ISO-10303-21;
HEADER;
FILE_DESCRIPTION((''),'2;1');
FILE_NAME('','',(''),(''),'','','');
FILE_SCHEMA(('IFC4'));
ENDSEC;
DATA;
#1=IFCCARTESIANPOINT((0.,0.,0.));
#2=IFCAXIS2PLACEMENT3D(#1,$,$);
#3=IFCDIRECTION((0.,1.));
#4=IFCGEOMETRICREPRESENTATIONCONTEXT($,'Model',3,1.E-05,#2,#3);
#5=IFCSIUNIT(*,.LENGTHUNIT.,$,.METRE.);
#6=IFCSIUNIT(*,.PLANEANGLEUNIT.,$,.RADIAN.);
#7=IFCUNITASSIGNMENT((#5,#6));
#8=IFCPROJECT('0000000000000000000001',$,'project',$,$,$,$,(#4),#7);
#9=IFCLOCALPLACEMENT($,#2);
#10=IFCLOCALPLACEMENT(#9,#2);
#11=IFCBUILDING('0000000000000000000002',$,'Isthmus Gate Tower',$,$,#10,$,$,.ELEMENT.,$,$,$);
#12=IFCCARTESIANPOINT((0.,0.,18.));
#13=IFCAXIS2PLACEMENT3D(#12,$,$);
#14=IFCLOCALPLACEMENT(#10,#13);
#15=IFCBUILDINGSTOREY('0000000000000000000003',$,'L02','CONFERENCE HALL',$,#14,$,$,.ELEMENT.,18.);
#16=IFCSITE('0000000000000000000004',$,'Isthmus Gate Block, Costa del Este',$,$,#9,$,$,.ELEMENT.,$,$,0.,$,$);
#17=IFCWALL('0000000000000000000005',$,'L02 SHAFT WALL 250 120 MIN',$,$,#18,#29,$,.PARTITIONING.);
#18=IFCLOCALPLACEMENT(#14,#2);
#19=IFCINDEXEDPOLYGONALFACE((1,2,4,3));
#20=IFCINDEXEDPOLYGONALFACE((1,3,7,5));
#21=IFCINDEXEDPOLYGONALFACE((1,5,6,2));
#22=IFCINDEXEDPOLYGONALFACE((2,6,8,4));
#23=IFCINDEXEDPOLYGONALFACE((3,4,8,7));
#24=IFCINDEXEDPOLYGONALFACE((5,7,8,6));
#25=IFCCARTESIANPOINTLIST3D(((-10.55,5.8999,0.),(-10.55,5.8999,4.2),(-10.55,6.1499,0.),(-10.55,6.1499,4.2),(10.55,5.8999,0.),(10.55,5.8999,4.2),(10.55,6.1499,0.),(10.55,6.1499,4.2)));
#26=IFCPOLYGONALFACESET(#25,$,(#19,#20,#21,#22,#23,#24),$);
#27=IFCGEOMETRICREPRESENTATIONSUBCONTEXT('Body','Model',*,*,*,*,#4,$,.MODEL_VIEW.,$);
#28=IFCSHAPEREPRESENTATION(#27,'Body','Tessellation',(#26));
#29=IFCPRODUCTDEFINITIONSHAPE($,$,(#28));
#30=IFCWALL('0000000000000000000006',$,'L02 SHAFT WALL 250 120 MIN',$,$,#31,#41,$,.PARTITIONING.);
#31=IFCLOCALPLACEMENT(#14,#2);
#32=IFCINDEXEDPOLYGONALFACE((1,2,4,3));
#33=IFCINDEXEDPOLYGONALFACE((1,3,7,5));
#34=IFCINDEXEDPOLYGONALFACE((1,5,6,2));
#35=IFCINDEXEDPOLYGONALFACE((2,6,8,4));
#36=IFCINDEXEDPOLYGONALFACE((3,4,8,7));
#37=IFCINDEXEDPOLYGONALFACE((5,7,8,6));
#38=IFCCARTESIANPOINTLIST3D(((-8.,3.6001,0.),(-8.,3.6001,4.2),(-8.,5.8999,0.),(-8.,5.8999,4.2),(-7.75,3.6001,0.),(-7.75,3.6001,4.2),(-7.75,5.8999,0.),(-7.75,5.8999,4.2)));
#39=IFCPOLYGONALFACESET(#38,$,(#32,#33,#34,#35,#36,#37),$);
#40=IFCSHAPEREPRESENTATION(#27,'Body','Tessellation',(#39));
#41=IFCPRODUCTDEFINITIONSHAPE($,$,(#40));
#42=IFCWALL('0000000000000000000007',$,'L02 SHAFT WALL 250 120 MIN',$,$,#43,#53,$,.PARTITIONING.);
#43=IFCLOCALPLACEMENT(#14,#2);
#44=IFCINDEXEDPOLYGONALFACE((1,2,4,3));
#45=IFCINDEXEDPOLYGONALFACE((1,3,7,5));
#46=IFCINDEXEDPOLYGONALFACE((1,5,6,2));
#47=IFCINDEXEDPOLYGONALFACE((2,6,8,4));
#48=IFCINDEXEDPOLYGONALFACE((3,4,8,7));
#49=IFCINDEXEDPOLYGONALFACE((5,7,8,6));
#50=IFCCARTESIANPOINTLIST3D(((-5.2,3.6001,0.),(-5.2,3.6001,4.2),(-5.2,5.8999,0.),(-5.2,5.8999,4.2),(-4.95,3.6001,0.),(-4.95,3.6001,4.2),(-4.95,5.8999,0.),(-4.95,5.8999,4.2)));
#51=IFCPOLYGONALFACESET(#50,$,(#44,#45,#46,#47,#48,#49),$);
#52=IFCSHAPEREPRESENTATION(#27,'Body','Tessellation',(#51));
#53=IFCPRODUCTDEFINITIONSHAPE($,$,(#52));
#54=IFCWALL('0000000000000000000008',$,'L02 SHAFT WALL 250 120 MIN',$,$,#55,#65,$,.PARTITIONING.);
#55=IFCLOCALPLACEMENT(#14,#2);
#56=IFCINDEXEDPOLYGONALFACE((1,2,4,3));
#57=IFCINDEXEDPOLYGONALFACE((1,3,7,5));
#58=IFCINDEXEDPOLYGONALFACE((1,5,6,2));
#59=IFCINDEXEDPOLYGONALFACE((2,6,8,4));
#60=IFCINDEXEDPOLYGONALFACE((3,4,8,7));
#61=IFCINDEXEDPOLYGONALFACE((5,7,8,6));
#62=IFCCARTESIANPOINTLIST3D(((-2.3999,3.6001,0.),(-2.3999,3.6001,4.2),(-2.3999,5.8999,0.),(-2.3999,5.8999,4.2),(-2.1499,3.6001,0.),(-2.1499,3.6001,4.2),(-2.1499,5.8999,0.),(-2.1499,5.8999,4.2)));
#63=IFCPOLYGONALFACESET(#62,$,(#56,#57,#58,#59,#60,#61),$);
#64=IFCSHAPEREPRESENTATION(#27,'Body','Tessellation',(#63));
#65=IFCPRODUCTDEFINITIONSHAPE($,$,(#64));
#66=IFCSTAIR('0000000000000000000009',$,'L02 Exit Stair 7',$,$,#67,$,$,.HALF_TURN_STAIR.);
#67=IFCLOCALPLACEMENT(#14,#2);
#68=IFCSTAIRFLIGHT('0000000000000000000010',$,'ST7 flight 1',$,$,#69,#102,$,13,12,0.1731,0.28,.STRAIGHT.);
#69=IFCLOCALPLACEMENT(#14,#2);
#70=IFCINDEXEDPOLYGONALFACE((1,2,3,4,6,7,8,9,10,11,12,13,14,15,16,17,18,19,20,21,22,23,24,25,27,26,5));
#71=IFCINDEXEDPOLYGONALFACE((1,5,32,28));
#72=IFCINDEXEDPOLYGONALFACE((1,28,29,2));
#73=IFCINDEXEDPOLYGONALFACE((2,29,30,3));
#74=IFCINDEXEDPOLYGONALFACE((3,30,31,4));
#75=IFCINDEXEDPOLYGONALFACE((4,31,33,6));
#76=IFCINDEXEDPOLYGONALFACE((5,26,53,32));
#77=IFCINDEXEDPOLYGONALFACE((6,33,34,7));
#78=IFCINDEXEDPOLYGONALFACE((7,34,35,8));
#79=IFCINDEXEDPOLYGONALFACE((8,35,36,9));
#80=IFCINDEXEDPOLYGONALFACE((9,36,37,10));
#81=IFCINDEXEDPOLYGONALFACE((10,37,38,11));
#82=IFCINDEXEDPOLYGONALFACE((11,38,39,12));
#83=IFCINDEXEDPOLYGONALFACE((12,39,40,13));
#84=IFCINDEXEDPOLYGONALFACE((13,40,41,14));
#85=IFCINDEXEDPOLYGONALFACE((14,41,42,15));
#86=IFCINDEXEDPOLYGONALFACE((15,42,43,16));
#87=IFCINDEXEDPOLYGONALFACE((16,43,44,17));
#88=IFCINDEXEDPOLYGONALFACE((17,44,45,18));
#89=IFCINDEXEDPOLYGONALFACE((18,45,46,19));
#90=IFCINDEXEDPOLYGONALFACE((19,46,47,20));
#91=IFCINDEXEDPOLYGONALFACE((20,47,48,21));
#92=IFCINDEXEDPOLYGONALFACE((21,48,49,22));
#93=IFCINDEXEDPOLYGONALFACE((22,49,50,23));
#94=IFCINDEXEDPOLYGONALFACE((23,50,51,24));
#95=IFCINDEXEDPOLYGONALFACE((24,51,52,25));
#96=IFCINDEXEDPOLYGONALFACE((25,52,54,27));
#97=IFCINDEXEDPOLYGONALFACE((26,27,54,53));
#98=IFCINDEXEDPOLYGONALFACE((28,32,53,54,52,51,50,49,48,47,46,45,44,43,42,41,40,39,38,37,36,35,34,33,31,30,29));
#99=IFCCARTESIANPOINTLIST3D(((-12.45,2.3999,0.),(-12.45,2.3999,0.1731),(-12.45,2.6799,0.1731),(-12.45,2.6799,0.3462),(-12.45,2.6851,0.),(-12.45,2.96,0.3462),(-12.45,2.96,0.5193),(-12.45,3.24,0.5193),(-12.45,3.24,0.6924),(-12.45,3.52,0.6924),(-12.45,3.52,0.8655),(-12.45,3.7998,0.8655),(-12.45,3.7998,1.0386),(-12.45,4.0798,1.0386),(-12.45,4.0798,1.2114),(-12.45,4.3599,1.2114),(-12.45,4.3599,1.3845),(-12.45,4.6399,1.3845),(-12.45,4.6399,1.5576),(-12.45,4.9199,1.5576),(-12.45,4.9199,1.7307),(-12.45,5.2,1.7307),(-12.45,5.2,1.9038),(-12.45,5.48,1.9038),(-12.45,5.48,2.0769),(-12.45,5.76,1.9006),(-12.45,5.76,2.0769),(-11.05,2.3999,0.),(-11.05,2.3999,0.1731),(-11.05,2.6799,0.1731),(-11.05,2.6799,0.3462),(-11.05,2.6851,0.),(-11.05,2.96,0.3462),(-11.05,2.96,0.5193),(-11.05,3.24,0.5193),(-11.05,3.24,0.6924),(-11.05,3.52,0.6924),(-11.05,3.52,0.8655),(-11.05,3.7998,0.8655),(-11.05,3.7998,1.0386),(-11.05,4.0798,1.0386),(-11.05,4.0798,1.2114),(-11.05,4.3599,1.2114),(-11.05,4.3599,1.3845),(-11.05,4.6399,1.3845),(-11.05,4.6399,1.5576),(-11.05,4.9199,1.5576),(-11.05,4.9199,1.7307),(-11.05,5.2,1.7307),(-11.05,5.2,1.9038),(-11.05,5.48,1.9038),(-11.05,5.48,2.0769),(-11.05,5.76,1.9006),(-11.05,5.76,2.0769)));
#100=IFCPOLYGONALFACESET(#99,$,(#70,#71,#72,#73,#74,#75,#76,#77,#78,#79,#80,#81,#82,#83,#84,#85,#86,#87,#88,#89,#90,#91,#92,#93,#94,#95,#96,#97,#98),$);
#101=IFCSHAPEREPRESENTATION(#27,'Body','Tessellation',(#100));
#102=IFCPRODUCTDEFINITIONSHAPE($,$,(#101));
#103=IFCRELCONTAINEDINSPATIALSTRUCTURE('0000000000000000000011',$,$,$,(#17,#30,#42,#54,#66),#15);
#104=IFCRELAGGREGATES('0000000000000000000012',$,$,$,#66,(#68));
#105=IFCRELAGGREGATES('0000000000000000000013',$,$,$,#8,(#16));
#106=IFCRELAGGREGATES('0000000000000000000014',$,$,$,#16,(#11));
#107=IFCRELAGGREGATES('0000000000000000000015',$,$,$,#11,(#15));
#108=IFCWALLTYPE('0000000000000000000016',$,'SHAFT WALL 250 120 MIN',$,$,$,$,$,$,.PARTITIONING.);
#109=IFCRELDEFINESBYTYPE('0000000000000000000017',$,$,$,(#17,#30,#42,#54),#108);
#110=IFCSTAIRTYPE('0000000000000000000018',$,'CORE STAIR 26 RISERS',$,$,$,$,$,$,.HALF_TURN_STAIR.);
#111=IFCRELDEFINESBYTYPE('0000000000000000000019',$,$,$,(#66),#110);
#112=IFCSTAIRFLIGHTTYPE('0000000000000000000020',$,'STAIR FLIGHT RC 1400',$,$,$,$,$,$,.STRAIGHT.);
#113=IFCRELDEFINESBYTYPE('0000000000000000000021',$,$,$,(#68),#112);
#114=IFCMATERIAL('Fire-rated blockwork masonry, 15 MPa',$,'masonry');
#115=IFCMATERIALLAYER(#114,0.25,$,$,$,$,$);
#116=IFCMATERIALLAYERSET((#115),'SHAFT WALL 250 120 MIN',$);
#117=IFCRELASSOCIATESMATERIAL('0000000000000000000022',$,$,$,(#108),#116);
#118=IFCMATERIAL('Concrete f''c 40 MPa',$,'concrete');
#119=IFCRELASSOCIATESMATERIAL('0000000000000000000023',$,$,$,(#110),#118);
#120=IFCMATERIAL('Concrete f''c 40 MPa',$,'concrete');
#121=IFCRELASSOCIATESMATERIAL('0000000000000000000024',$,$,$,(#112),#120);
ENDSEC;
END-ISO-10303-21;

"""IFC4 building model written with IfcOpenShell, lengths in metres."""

from ifc_helpers import new_model, si_unit, direction, frame, frame_2d, origin, place, context, subcontext, project, spatial, polyline, rectangle, outline, extrude, material, layer, layer_set, type_object, element, aggregate, save


model = new_model("IFC4")

# Units and contexts
model_context = context("Model", 3, precision=1e-05, world=origin(), true_north=direction((0.0, 1.0)))
body_context = subcontext(model_context, "Body", "Model", "MODEL_VIEW")
ifc_project = project(units=[si_unit("LENGTHUNIT", "METRE"), si_unit("PLANEANGLEUNIT", "RADIAN")], contexts=[model_context])

# Site, building, storey
site_placement = place(None, origin())
site = spatial("IfcSite", under=ifc_project, at=site_placement, Name="Isthmus Gate Block, Costa del Este", CompositionType="ELEMENT", RefElevation=0.0)
building_placement = place(site_placement, origin())
building = spatial("IfcBuilding", under=site, at=building_placement, Name="Isthmus Gate Tower", CompositionType="ELEMENT")
storey_placement = place(building_placement, frame((0.0, 0.0, 18.0)))
storey = spatial("IfcBuildingStorey", under=building, at=storey_placement, Name="L02", Description="CONFERENCE HALL", CompositionType="ELEMENT", Elevation=18.0)

# Walls
ifc_material_1 = material(Name="Fire-rated blockwork masonry, 15 MPa", Category="masonry")
ifc_layer_1 = layer(ifc_material_1, 0.25)
ifc_layer_set_1 = layer_set([ifc_layer_1], Name="SHAFT WALL 250 120 MIN")
wall_type_1 = type_object("IfcWallType", Name="SHAFT WALL 250 120 MIN", PredefinedType="PARTITIONING", material=ifc_layer_set_1)
wall_1_placement = place(storey_placement, frame((-10.55, 6.0249, 0.0), z_axis=(0.0, 0.0, 1.0), x_axis=(1.0, 0.0, 0.0)))
element("IfcWall", 1, at=wall_1_placement, inside=storey, type_object=wall_type_1, Name="L02 SHAFT WALL 250 120 MIN", PredefinedType="PARTITIONING", context=body_context, shape_type="SweptSolid", body=[
    extrude(rectangle(XDim=21.1001, YDim=0.25, at=frame_2d((10.55, 0.0))), origin(), (0.0, 0.0, 1.0), 4.2),
])
for number, where, z_axis, x_axis, name in (
    (2, (-7.875, 3.6001, 0.0), (0.0, 0.0, 1.0), (0.0, 1.0, 0.0), "L02 SHAFT WALL 250 120 MIN"),
    (3, (-5.075, 3.6001, 0.0), (0.0, 0.0, 1.0), (0.0, 1.0, 0.0), "L02 SHAFT WALL 250 120 MIN"),
    (4, (-2.2749, 3.6001, 0.0), (0.0, 0.0, 1.0), (0.0, 1.0, 0.0), "L02 SHAFT WALL 250 120 MIN"),
):
    element("IfcWall", number, at=place(storey_placement, frame(where, z_axis=z_axis, x_axis=x_axis)), inside=storey, type_object=wall_type_1, Name=name, PredefinedType="PARTITIONING", context=body_context, shape_type="SweptSolid", body=[
        extrude(rectangle(XDim=2.2998, YDim=0.25, at=frame_2d((1.1499, 0.0))), origin(), (0.0, 0.0, 1.0), 4.2),
    ])

# Stair, stair flight
ifc_material_2 = material(Name="Concrete f'c 40 MPa", Category="concrete")
stair_type = type_object("IfcStairType", Name="CORE STAIR 26 RISERS", PredefinedType="HALF_TURN_STAIR", material=ifc_material_2)
stair_placement = place(storey_placement, origin())
stair = element("IfcStair", 5, at=stair_placement, inside=storey, type_object=stair_type, Name="L02 Exit Stair 7", PredefinedType="HALF_TURN_STAIR")
ifc_material_3 = material(Name="Concrete f'c 40 MPa", Category="concrete")
stair_flight_type = type_object("IfcStairFlightType", Name="STAIR FLIGHT RC 1400", PredefinedType="STRAIGHT", material=ifc_material_3)
stair_flight_placement = place(storey_placement, frame((-11.75, 2.3999, 0.0), z_axis=(0.0, 0.0, 1.0), x_axis=(0.0, 1.0, 0.0)))
stair_flight = element("IfcStairFlight", 6, at=stair_flight_placement, type_object=stair_flight_type, Name="ST7 flight 1", NumberOfRisers=13, NumberOfTreads=12, PredefinedType="STRAIGHT", RiserHeight=0.1731, TreadLength=0.28, context=body_context, shape_type="SweptSolid", body=[
    extrude(outline(polyline([(0.0, 0.0), (0.0, 0.1731), (0.28, 0.1731), (0.28, 0.3462), (0.5601, 0.3462), (0.5601, 0.5193), (0.8401, 0.5193), (0.8401, 0.6924), (1.1201, 0.6924), (1.1201, 0.8655), (1.3999, 0.8655), (1.3999, 1.0386), (1.6799, 1.0386), (1.6799, 1.2114), (1.96, 1.2114), (1.96, 1.3845), (2.24, 1.3845), (2.24, 1.5576), (2.52, 1.5576), (2.52, 1.7307), (2.8, 1.7307), (2.8, 1.9038), (3.0801, 1.9038), (3.0801, 2.0769), (3.3601, 2.0769), (3.3601, 2.25), (3.3601, 1.9006), (0.2852, 0.0), (0.0, 0.0)])), frame((0.0, 0.7, 0.0), z_axis=(0.0, -1.0, 0.0), x_axis=(1.0, 0.0, 0.0)), (0.0, 0.0, 1.0), 1.3999),
])
aggregate(stair, [stair_flight])

save(model, "model.ifc")
